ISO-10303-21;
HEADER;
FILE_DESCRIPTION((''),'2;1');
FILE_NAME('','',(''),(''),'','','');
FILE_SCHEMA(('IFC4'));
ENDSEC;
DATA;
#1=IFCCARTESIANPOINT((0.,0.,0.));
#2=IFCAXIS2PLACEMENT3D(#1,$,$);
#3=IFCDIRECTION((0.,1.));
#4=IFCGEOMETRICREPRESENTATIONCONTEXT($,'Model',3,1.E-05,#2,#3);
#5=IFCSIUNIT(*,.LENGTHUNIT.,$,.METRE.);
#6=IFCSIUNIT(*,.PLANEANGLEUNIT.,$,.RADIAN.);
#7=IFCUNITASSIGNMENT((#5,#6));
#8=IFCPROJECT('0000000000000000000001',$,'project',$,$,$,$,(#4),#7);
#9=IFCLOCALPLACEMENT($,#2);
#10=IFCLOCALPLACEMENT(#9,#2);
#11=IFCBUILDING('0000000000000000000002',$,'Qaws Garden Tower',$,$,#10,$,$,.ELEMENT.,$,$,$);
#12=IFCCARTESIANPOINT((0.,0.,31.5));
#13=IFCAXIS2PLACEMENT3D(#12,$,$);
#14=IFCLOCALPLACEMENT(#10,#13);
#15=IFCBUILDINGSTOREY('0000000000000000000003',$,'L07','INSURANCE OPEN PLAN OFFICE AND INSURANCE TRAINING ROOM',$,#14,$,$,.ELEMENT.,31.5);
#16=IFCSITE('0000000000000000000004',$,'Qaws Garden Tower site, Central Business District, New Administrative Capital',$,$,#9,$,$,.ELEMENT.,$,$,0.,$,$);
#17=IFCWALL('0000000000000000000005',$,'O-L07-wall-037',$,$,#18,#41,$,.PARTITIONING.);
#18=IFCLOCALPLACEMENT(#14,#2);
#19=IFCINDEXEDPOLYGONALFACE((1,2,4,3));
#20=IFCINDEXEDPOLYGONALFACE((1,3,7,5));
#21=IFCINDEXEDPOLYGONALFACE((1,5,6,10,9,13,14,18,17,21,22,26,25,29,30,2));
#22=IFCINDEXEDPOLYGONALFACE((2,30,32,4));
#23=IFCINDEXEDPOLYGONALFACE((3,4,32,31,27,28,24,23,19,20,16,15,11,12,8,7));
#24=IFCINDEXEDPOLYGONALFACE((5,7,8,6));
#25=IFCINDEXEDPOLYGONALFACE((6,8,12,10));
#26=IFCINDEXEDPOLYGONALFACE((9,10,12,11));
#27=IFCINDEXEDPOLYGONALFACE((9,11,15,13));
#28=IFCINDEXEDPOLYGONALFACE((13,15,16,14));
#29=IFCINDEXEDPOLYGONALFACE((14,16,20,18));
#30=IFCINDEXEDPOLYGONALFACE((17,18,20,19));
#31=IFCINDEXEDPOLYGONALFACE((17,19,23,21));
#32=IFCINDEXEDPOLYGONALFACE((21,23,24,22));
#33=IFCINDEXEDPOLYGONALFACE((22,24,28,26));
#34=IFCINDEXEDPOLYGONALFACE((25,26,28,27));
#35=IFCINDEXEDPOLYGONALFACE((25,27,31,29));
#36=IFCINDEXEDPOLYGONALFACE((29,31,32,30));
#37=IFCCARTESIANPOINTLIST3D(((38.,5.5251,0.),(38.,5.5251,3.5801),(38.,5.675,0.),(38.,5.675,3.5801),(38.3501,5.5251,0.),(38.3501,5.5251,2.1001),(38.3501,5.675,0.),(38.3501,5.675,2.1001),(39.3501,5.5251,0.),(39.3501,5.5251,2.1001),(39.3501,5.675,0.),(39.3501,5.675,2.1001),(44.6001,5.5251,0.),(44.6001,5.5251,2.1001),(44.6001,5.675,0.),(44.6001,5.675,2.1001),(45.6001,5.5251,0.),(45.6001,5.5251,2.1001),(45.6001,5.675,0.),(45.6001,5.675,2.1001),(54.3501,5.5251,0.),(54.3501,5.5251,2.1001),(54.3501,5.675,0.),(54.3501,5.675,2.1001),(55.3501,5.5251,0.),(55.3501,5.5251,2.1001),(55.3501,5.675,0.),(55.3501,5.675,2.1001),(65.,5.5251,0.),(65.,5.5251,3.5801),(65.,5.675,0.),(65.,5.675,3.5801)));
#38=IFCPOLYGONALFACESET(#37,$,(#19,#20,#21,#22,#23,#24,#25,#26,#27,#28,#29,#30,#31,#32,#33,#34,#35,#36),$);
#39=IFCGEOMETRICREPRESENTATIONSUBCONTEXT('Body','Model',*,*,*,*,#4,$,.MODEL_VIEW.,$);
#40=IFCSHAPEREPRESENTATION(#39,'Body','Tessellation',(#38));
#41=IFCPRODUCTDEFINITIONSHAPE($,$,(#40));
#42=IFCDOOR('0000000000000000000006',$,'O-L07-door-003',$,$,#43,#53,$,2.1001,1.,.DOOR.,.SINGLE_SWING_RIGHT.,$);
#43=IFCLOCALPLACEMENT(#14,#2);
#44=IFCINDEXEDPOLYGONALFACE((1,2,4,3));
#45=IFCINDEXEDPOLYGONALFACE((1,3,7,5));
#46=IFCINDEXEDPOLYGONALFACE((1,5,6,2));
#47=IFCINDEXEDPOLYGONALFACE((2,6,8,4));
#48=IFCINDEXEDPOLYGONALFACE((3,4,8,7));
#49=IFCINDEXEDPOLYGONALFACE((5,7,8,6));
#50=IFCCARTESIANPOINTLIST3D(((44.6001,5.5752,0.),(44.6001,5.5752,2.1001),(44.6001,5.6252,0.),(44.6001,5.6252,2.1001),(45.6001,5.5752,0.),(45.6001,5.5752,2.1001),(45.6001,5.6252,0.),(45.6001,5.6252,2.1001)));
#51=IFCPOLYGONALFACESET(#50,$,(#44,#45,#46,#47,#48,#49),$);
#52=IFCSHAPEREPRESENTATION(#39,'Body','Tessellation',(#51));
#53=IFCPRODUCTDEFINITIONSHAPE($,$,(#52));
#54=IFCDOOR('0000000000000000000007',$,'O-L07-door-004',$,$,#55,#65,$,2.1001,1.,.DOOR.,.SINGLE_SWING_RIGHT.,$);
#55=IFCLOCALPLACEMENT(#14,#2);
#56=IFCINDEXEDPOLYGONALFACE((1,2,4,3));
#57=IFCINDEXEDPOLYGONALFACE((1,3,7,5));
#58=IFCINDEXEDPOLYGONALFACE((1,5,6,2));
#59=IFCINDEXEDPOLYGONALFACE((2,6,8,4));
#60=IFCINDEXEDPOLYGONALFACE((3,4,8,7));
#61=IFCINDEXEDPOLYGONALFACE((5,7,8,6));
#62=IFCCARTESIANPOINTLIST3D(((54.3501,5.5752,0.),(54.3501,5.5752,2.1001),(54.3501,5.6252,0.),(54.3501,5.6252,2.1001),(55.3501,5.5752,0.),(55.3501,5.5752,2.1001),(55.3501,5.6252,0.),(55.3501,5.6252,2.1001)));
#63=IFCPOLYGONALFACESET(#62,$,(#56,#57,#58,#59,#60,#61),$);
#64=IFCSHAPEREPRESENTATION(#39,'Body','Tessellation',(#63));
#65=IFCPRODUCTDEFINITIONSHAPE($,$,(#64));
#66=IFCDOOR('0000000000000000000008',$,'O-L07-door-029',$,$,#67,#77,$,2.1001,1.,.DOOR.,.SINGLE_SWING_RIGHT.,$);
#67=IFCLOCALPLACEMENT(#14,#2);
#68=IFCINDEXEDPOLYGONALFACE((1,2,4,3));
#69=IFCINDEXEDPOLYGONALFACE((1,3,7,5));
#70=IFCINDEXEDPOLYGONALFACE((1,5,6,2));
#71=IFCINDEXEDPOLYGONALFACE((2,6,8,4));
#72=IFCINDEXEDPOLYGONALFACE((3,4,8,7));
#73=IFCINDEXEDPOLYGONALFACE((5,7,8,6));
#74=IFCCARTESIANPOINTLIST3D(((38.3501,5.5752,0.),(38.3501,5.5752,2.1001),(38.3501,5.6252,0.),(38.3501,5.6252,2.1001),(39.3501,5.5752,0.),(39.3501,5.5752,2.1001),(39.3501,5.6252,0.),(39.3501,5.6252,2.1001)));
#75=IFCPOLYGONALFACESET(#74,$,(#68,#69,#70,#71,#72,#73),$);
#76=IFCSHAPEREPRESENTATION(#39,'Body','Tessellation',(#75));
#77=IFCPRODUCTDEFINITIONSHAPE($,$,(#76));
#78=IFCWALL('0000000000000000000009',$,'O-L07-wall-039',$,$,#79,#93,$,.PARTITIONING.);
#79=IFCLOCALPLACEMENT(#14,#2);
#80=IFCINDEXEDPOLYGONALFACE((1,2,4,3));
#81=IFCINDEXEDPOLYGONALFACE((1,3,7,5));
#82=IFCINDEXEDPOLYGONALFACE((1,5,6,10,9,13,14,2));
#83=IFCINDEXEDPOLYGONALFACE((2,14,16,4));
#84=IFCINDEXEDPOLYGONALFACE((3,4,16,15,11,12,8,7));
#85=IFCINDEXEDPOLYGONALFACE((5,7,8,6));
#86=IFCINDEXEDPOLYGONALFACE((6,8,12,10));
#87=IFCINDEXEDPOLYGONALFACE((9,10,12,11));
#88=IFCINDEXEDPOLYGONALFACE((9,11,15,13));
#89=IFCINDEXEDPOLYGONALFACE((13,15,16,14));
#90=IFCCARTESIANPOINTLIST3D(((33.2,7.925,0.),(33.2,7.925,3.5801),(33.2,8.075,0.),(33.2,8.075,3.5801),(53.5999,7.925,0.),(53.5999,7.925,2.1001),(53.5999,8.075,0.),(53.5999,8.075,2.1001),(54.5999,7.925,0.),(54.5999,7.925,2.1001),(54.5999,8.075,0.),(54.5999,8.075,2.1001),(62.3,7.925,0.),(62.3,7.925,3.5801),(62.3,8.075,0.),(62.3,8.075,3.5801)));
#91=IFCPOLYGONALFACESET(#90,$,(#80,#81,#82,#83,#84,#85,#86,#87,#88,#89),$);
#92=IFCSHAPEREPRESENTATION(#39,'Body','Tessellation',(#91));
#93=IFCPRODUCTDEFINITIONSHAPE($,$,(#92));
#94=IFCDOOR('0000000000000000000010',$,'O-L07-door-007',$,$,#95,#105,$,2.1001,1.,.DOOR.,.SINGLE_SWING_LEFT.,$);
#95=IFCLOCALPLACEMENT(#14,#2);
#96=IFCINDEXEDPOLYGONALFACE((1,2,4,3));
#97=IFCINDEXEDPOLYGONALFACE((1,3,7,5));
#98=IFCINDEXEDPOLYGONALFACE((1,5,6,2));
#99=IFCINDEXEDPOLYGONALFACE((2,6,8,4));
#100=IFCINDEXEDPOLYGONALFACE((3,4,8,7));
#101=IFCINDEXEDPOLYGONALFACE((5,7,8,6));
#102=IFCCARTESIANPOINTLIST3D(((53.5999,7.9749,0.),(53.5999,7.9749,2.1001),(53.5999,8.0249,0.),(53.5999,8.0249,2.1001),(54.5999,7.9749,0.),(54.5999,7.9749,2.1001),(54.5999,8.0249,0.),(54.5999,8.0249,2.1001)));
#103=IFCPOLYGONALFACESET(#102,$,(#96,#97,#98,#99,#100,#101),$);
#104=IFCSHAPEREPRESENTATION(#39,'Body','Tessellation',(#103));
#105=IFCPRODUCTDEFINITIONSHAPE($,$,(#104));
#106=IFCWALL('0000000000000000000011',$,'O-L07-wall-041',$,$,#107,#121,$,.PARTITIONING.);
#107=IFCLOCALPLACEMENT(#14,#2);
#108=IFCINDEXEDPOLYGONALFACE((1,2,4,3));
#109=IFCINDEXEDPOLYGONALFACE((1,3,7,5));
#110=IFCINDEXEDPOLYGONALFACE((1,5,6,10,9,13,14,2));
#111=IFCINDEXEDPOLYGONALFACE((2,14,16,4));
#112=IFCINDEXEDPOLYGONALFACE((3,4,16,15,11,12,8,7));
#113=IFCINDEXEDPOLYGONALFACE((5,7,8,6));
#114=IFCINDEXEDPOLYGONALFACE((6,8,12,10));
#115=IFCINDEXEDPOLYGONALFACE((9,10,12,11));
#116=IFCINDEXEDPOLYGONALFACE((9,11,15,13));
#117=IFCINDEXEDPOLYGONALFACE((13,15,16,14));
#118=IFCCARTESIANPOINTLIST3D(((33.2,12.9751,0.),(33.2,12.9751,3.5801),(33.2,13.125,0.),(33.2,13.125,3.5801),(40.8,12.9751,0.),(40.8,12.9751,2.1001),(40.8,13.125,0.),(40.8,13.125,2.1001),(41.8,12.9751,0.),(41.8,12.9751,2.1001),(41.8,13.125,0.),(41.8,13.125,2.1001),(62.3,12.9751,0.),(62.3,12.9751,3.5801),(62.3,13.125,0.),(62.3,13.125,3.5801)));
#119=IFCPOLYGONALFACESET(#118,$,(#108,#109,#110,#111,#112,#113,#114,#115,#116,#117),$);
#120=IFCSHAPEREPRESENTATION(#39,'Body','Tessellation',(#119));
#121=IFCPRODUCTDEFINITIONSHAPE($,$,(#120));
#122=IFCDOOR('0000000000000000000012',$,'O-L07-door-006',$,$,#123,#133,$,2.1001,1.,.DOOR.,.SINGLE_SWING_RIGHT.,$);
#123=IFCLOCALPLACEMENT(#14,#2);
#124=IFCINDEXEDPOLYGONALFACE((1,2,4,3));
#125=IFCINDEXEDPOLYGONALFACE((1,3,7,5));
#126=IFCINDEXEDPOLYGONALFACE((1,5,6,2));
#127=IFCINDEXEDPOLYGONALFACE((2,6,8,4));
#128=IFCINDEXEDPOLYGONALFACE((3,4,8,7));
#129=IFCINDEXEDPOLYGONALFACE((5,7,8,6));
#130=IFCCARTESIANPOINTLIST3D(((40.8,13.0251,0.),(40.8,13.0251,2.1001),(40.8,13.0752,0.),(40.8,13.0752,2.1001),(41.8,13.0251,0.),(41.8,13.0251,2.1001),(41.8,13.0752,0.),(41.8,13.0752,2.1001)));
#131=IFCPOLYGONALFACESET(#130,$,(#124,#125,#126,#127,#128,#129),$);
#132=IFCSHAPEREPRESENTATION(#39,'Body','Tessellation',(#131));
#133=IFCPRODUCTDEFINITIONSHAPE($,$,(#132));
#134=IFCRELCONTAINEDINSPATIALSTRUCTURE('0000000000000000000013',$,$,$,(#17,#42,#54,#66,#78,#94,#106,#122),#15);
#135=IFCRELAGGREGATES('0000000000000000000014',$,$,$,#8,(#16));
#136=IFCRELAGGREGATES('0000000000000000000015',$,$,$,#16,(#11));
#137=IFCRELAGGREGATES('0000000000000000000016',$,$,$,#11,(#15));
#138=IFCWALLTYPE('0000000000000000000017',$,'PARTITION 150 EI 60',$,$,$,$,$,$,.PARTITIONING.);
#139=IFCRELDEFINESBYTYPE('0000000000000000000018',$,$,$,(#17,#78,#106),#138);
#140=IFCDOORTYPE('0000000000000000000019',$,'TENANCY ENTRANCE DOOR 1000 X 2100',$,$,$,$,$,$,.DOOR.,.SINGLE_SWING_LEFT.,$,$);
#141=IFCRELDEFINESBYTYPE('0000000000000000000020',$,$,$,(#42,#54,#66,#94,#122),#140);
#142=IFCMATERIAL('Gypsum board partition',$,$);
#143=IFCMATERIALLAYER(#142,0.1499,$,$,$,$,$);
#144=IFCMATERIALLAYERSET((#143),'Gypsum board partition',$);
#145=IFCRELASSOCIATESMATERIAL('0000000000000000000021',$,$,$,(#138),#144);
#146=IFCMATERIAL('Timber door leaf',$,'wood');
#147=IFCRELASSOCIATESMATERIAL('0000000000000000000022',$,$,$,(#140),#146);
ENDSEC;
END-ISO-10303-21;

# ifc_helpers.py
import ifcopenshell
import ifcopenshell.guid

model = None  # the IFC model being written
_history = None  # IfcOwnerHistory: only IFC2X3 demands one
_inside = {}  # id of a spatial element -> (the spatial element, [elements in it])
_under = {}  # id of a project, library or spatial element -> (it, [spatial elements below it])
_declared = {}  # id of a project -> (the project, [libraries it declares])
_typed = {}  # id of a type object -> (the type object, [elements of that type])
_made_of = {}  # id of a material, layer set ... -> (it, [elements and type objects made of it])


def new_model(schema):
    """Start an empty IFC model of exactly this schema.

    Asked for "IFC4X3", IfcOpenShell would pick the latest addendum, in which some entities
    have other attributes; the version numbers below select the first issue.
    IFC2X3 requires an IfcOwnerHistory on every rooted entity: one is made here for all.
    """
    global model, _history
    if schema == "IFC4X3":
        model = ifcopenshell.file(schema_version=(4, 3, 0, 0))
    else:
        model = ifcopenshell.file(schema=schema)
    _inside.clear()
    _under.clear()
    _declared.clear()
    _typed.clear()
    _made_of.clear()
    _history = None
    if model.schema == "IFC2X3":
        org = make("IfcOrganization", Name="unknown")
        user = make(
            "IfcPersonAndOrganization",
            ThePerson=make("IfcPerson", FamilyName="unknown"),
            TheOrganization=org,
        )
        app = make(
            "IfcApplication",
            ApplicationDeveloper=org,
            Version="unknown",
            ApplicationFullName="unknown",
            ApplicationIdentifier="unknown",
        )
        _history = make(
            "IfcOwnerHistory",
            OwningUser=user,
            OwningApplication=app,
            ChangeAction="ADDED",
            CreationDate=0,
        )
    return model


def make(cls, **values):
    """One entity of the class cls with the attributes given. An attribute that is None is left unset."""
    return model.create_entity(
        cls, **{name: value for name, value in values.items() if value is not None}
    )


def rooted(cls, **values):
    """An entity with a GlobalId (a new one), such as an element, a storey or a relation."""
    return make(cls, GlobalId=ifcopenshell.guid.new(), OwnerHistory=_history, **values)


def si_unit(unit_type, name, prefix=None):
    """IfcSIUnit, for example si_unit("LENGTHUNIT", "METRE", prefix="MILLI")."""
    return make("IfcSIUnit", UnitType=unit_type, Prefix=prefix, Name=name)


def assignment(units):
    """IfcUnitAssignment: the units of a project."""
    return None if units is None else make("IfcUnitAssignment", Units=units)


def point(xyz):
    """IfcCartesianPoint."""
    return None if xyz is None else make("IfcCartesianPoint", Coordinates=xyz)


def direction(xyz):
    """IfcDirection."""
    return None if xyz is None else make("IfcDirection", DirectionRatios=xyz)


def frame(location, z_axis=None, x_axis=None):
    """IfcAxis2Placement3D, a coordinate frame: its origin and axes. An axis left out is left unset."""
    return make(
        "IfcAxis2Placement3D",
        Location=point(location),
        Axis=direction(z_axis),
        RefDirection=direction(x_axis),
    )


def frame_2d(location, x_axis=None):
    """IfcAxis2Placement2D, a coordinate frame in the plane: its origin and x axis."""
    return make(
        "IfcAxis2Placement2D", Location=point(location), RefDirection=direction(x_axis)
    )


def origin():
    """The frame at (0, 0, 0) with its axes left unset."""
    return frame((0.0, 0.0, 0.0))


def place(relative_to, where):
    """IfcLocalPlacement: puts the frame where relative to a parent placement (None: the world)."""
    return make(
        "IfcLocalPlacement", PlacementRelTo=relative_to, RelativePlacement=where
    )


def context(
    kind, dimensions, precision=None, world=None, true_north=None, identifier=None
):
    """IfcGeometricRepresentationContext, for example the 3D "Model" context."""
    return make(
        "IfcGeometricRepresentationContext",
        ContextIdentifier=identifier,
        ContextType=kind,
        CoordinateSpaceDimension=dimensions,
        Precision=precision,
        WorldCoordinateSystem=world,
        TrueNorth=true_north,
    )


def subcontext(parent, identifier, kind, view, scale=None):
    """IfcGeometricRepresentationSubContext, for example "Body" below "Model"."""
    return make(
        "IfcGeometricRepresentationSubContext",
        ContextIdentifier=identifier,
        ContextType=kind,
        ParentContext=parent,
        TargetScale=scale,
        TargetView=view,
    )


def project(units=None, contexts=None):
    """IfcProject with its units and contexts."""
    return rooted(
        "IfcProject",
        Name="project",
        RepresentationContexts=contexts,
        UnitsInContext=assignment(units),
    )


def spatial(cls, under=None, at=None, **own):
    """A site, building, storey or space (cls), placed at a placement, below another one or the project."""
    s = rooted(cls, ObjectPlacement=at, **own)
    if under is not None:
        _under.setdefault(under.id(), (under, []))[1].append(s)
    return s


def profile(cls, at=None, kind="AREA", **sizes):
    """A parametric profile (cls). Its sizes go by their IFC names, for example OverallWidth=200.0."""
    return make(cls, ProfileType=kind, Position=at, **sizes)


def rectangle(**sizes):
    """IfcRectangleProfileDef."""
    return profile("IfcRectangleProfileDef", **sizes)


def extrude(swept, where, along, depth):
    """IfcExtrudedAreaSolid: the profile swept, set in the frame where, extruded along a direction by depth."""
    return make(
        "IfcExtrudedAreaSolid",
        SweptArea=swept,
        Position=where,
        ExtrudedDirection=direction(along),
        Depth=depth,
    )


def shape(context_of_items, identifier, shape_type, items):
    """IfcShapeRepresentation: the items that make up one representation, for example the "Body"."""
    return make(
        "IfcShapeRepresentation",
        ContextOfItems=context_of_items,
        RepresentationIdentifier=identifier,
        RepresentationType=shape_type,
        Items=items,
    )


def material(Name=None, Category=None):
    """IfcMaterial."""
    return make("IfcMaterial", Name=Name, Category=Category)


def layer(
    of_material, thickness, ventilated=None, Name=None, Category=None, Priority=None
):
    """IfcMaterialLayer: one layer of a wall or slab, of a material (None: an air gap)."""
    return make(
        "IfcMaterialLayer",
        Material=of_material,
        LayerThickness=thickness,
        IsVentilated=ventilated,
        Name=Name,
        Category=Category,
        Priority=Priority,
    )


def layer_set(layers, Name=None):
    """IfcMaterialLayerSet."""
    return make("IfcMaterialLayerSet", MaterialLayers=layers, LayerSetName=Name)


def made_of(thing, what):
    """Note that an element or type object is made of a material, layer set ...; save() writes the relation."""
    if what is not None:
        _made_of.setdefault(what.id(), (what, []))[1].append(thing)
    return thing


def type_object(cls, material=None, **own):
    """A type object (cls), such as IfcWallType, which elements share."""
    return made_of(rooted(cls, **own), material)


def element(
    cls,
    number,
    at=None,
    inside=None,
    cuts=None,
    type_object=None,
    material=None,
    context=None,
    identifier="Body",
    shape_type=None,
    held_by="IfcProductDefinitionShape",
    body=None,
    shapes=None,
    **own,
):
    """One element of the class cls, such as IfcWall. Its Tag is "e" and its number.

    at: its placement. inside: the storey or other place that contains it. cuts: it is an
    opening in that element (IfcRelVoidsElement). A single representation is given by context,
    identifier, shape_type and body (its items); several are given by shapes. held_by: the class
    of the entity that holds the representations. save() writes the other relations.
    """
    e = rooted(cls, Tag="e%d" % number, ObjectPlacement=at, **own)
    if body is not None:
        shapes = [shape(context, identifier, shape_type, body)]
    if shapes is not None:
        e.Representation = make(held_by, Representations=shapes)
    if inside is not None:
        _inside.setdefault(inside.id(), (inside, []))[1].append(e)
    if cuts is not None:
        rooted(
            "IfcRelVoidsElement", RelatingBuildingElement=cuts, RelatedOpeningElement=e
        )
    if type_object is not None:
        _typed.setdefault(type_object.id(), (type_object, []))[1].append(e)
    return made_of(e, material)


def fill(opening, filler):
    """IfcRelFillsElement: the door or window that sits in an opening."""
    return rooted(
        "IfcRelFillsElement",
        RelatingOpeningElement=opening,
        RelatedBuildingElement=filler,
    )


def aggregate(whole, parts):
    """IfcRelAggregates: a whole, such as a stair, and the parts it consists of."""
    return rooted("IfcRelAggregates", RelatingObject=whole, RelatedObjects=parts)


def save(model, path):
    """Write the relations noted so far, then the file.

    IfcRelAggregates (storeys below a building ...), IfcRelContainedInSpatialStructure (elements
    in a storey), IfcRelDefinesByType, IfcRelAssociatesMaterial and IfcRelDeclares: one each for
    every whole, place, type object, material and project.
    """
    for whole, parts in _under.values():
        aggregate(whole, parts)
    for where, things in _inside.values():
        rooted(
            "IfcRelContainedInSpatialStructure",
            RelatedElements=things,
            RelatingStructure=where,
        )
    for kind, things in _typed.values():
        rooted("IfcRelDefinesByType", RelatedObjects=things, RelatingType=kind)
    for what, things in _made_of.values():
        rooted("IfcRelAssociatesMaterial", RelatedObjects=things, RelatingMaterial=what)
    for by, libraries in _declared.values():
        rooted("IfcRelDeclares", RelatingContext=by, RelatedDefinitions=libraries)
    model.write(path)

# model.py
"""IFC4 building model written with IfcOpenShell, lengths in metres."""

from ifc_helpers import new_model, si_unit, direction, frame, frame_2d, origin, place, context, subcontext, project, spatial, rectangle, extrude, material, layer, layer_set, type_object, element, fill, save


model = new_model("IFC4")

# Units and contexts
model_context = context("Model", 3, precision=1e-05, world=origin(), true_north=direction((0.0, 1.0)))
body_context = subcontext(model_context, "Body", "Model", "MODEL_VIEW")
ifc_project = project(units=[si_unit("LENGTHUNIT", "METRE"), si_unit("PLANEANGLEUNIT", "RADIAN")], contexts=[model_context])

# Site, building, storey
site_placement = place(None, origin())
site = spatial("IfcSite", under=ifc_project, at=site_placement, Name="Qaws Garden Tower site, Central Business District, New Administrative Capital", CompositionType="ELEMENT", RefElevation=0.0)
building_placement = place(site_placement, origin())
building = spatial("IfcBuilding", under=site, at=building_placement, Name="Qaws Garden Tower", CompositionType="ELEMENT")
storey_placement = place(building_placement, frame((0.0, 0.0, 31.5)))
storey = spatial("IfcBuildingStorey", under=building, at=storey_placement, Name="L07", Description="INSURANCE OPEN PLAN OFFICE AND INSURANCE TRAINING ROOM", CompositionType="ELEMENT", Elevation=31.5)

# Shared definitions
ifc_material_1 = material(Name="Gypsum board partition")
ifc_layer_1 = layer(ifc_material_1, 0.1499)
ifc_layer_set_1 = layer_set([ifc_layer_1], Name="Gypsum board partition")
wall_type_1 = type_object("IfcWallType", Name="PARTITION 150 EI 60", PredefinedType="PARTITIONING", material=ifc_layer_set_1)

# Wall, openings, doors
wall_1_placement = place(storey_placement, frame((38.0, 5.6001, 0.0), z_axis=(0.0, 0.0, 1.0), x_axis=(1.0, 0.0, 0.0)))
wall_1 = element("IfcWall", 1, at=wall_1_placement, inside=storey, type_object=wall_type_1, Name="O-L07-wall-037", PredefinedType="PARTITIONING", context=body_context, shape_type="SweptSolid", body=[
    extrude(rectangle(XDim=27.0, YDim=0.1499, at=frame_2d((13.5, 0.0))), origin(), (0.0, 0.0, 1.0), 3.5801),
])
opening_1_placement = place(wall_1_placement, frame((6.6001, 0.0, 0.0)))
opening_1 = element("IfcOpeningElement", 2, at=opening_1_placement, cuts=wall_1, PredefinedType="OPENING", context=body_context, shape_type="SweptSolid", body=[
    extrude(rectangle(XDim=1.0, YDim=2.1001, at=frame_2d((0.5, 1.05))), frame((0.0, 0.085, 0.0), z_axis=(0.0, -1.0, 0.0), x_axis=(1.0, 0.0, 0.0)), (0.0, 0.0, 1.0), 0.1699),
])
opening_2_placement = place(wall_1_placement, frame((16.3501, 0.0, 0.0)))
opening_2 = element("IfcOpeningElement", 3, at=opening_2_placement, cuts=wall_1, PredefinedType="OPENING", context=body_context, shape_type="SweptSolid", body=[
    extrude(rectangle(XDim=1.0, YDim=2.1001, at=frame_2d((0.5, 1.05))), frame((0.0, 0.085, 0.0), z_axis=(0.0, -1.0, 0.0), x_axis=(1.0, 0.0, 0.0)), (0.0, 0.0, 1.0), 0.1699),
])
opening_3_placement = place(wall_1_placement, frame((0.3501, 0.0, 0.0)))
opening_3 = element("IfcOpeningElement", 4, at=opening_3_placement, cuts=wall_1, PredefinedType="OPENING", context=body_context, shape_type="SweptSolid", body=[
    extrude(rectangle(XDim=1.0, YDim=2.1001, at=frame_2d((0.5, 1.05))), frame((0.0, 0.085, 0.0), z_axis=(0.0, -1.0, 0.0), x_axis=(1.0, 0.0, 0.0)), (0.0, 0.0, 1.0), 0.1699),
])
ifc_material_2 = material(Name="Timber door leaf", Category="wood")
door_type_1 = type_object("IfcDoorType", Name="TENANCY ENTRANCE DOOR 1000 X 2100", OperationType="SINGLE_SWING_LEFT", PredefinedType="DOOR", material=ifc_material_2)
door_1_placement = place(opening_1_placement, frame((1.0, 0.0, 0.0), z_axis=(0.0, 0.0, 1.0), x_axis=(-1.0, 0.0, 0.0)))
door_1 = element("IfcDoor", 5, at=door_1_placement, inside=storey, type_object=door_type_1, Name="O-L07-door-003", OperationType="SINGLE_SWING_RIGHT", OverallHeight=2.1001, OverallWidth=1.0, PredefinedType="DOOR", context=body_context, shape_type="SweptSolid", body=[
    extrude(rectangle(XDim=1.0, YDim=2.1001, at=frame_2d((0.5, 1.05))), frame((0.0, 0.0249, 0.0), z_axis=(0.0, -1.0, 0.0), x_axis=(1.0, 0.0, 0.0)), (0.0, 0.0, 1.0), 0.05),
])
fill(opening_1, door_1)
door_2_placement = place(opening_2_placement, frame((1.0, 0.0, 0.0), z_axis=(0.0, 0.0, 1.0), x_axis=(-1.0, 0.0, 0.0)))
door_2 = element("IfcDoor", 6, at=door_2_placement, inside=storey, type_object=door_type_1, Name="O-L07-door-004", OperationType="SINGLE_SWING_RIGHT", OverallHeight=2.1001, OverallWidth=1.0, PredefinedType="DOOR", context=body_context, shape_type="SweptSolid", body=[
    extrude(rectangle(XDim=1.0, YDim=2.1001, at=frame_2d((0.5, 1.05))), frame((0.0, 0.0249, 0.0), z_axis=(0.0, -1.0, 0.0), x_axis=(1.0, 0.0, 0.0)), (0.0, 0.0, 1.0), 0.05),
])
fill(opening_2, door_2)
door_3_placement = place(opening_3_placement, frame((1.0, 0.0, 0.0), z_axis=(0.0, 0.0, 1.0), x_axis=(-1.0, 0.0, 0.0)))
door_3 = element("IfcDoor", 7, at=door_3_placement, inside=storey, type_object=door_type_1, Name="O-L07-door-029", OperationType="SINGLE_SWING_RIGHT", OverallHeight=2.1001, OverallWidth=1.0, PredefinedType="DOOR", context=body_context, shape_type="SweptSolid", body=[
    extrude(rectangle(XDim=1.0, YDim=2.1001, at=frame_2d((0.5, 1.05))), frame((0.0, 0.0249, 0.0), z_axis=(0.0, -1.0, 0.0), x_axis=(1.0, 0.0, 0.0)), (0.0, 0.0, 1.0), 0.05),
])
fill(opening_3, door_3)

# Walls, openings, doors
wall_2_placement = place(storey_placement, frame((33.2, 8.0, 0.0), z_axis=(0.0, 0.0, 1.0), x_axis=(1.0, 0.0, 0.0)))
wall_2 = element("IfcWall", 8, at=wall_2_placement, inside=storey, type_object=wall_type_1, Name="O-L07-wall-039", PredefinedType="PARTITIONING", context=body_context, shape_type="SweptSolid", body=[
    extrude(rectangle(XDim=29.1001, YDim=0.1499, at=frame_2d((14.55, 0.0))), origin(), (0.0, 0.0, 1.0), 3.5801),
])
opening_4_placement = place(wall_2_placement, frame((20.3999, 0.0, 0.0)))
opening_4 = element("IfcOpeningElement", 9, at=opening_4_placement, cuts=wall_2, PredefinedType="OPENING", context=body_context, shape_type="SweptSolid", body=[
    extrude(rectangle(XDim=1.0, YDim=2.1001, at=frame_2d((0.5, 1.05))), frame((0.0, 0.085, 0.0), z_axis=(0.0, -1.0, 0.0), x_axis=(1.0, 0.0, 0.0)), (0.0, 0.0, 1.0), 0.1699),
])
door_4_placement = place(opening_4_placement, origin())
door_4 = element("IfcDoor", 10, at=door_4_placement, inside=storey, type_object=door_type_1, Name="O-L07-door-007", OperationType="SINGLE_SWING_LEFT", OverallHeight=2.1001, OverallWidth=1.0, PredefinedType="DOOR", context=body_context, shape_type="SweptSolid", body=[
    extrude(rectangle(XDim=1.0, YDim=2.1001, at=frame_2d((0.5, 1.05))), frame((0.0, 0.0249, 0.0), z_axis=(0.0, -1.0, 0.0), x_axis=(1.0, 0.0, 0.0)), (0.0, 0.0, 1.0), 0.05),
])
fill(opening_4, door_4)
wall_3_placement = place(storey_placement, frame((33.2, 13.05, 0.0), z_axis=(0.0, 0.0, 1.0), x_axis=(1.0, 0.0, 0.0)))
wall_3 = element("IfcWall", 11, at=wall_3_placement, inside=storey, type_object=wall_type_1, Name="O-L07-wall-041", PredefinedType="PARTITIONING", context=body_context, shape_type="SweptSolid", body=[
    extrude(rectangle(XDim=29.1001, YDim=0.1499, at=frame_2d((14.55, 0.0))), origin(), (0.0, 0.0, 1.0), 3.5801),
])
opening_5_placement = place(wall_3_placement, frame((7.6001, 0.0, 0.0)))
opening_5 = element("IfcOpeningElement", 12, at=opening_5_placement, cuts=wall_3, PredefinedType="OPENING", context=body_context, shape_type="SweptSolid", body=[
    extrude(rectangle(XDim=1.0, YDim=2.1001, at=frame_2d((0.5, 1.05))), frame((0.0, 0.085, 0.0), z_axis=(0.0, -1.0, 0.0), x_axis=(1.0, 0.0, 0.0)), (0.0, 0.0, 1.0), 0.1699),
])
door_5_placement = place(opening_5_placement, frame((1.0, 0.0, 0.0), z_axis=(0.0, 0.0, 1.0), x_axis=(-1.0, 0.0, 0.0)))
door_5 = element("IfcDoor", 13, at=door_5_placement, inside=storey, type_object=door_type_1, Name="O-L07-door-006", OperationType="SINGLE_SWING_RIGHT", OverallHeight=2.1001, OverallWidth=1.0, PredefinedType="DOOR", context=body_context, shape_type="SweptSolid", body=[
    extrude(rectangle(XDim=1.0, YDim=2.1001, at=frame_2d((0.5, 1.05))), frame((0.0, 0.0249, 0.0), z_axis=(0.0, -1.0, 0.0), x_axis=(1.0, 0.0, 0.0)), (0.0, 0.0, 1.0), 0.05),
])
fill(opening_5, door_5)

save(model, "model.ifc")
